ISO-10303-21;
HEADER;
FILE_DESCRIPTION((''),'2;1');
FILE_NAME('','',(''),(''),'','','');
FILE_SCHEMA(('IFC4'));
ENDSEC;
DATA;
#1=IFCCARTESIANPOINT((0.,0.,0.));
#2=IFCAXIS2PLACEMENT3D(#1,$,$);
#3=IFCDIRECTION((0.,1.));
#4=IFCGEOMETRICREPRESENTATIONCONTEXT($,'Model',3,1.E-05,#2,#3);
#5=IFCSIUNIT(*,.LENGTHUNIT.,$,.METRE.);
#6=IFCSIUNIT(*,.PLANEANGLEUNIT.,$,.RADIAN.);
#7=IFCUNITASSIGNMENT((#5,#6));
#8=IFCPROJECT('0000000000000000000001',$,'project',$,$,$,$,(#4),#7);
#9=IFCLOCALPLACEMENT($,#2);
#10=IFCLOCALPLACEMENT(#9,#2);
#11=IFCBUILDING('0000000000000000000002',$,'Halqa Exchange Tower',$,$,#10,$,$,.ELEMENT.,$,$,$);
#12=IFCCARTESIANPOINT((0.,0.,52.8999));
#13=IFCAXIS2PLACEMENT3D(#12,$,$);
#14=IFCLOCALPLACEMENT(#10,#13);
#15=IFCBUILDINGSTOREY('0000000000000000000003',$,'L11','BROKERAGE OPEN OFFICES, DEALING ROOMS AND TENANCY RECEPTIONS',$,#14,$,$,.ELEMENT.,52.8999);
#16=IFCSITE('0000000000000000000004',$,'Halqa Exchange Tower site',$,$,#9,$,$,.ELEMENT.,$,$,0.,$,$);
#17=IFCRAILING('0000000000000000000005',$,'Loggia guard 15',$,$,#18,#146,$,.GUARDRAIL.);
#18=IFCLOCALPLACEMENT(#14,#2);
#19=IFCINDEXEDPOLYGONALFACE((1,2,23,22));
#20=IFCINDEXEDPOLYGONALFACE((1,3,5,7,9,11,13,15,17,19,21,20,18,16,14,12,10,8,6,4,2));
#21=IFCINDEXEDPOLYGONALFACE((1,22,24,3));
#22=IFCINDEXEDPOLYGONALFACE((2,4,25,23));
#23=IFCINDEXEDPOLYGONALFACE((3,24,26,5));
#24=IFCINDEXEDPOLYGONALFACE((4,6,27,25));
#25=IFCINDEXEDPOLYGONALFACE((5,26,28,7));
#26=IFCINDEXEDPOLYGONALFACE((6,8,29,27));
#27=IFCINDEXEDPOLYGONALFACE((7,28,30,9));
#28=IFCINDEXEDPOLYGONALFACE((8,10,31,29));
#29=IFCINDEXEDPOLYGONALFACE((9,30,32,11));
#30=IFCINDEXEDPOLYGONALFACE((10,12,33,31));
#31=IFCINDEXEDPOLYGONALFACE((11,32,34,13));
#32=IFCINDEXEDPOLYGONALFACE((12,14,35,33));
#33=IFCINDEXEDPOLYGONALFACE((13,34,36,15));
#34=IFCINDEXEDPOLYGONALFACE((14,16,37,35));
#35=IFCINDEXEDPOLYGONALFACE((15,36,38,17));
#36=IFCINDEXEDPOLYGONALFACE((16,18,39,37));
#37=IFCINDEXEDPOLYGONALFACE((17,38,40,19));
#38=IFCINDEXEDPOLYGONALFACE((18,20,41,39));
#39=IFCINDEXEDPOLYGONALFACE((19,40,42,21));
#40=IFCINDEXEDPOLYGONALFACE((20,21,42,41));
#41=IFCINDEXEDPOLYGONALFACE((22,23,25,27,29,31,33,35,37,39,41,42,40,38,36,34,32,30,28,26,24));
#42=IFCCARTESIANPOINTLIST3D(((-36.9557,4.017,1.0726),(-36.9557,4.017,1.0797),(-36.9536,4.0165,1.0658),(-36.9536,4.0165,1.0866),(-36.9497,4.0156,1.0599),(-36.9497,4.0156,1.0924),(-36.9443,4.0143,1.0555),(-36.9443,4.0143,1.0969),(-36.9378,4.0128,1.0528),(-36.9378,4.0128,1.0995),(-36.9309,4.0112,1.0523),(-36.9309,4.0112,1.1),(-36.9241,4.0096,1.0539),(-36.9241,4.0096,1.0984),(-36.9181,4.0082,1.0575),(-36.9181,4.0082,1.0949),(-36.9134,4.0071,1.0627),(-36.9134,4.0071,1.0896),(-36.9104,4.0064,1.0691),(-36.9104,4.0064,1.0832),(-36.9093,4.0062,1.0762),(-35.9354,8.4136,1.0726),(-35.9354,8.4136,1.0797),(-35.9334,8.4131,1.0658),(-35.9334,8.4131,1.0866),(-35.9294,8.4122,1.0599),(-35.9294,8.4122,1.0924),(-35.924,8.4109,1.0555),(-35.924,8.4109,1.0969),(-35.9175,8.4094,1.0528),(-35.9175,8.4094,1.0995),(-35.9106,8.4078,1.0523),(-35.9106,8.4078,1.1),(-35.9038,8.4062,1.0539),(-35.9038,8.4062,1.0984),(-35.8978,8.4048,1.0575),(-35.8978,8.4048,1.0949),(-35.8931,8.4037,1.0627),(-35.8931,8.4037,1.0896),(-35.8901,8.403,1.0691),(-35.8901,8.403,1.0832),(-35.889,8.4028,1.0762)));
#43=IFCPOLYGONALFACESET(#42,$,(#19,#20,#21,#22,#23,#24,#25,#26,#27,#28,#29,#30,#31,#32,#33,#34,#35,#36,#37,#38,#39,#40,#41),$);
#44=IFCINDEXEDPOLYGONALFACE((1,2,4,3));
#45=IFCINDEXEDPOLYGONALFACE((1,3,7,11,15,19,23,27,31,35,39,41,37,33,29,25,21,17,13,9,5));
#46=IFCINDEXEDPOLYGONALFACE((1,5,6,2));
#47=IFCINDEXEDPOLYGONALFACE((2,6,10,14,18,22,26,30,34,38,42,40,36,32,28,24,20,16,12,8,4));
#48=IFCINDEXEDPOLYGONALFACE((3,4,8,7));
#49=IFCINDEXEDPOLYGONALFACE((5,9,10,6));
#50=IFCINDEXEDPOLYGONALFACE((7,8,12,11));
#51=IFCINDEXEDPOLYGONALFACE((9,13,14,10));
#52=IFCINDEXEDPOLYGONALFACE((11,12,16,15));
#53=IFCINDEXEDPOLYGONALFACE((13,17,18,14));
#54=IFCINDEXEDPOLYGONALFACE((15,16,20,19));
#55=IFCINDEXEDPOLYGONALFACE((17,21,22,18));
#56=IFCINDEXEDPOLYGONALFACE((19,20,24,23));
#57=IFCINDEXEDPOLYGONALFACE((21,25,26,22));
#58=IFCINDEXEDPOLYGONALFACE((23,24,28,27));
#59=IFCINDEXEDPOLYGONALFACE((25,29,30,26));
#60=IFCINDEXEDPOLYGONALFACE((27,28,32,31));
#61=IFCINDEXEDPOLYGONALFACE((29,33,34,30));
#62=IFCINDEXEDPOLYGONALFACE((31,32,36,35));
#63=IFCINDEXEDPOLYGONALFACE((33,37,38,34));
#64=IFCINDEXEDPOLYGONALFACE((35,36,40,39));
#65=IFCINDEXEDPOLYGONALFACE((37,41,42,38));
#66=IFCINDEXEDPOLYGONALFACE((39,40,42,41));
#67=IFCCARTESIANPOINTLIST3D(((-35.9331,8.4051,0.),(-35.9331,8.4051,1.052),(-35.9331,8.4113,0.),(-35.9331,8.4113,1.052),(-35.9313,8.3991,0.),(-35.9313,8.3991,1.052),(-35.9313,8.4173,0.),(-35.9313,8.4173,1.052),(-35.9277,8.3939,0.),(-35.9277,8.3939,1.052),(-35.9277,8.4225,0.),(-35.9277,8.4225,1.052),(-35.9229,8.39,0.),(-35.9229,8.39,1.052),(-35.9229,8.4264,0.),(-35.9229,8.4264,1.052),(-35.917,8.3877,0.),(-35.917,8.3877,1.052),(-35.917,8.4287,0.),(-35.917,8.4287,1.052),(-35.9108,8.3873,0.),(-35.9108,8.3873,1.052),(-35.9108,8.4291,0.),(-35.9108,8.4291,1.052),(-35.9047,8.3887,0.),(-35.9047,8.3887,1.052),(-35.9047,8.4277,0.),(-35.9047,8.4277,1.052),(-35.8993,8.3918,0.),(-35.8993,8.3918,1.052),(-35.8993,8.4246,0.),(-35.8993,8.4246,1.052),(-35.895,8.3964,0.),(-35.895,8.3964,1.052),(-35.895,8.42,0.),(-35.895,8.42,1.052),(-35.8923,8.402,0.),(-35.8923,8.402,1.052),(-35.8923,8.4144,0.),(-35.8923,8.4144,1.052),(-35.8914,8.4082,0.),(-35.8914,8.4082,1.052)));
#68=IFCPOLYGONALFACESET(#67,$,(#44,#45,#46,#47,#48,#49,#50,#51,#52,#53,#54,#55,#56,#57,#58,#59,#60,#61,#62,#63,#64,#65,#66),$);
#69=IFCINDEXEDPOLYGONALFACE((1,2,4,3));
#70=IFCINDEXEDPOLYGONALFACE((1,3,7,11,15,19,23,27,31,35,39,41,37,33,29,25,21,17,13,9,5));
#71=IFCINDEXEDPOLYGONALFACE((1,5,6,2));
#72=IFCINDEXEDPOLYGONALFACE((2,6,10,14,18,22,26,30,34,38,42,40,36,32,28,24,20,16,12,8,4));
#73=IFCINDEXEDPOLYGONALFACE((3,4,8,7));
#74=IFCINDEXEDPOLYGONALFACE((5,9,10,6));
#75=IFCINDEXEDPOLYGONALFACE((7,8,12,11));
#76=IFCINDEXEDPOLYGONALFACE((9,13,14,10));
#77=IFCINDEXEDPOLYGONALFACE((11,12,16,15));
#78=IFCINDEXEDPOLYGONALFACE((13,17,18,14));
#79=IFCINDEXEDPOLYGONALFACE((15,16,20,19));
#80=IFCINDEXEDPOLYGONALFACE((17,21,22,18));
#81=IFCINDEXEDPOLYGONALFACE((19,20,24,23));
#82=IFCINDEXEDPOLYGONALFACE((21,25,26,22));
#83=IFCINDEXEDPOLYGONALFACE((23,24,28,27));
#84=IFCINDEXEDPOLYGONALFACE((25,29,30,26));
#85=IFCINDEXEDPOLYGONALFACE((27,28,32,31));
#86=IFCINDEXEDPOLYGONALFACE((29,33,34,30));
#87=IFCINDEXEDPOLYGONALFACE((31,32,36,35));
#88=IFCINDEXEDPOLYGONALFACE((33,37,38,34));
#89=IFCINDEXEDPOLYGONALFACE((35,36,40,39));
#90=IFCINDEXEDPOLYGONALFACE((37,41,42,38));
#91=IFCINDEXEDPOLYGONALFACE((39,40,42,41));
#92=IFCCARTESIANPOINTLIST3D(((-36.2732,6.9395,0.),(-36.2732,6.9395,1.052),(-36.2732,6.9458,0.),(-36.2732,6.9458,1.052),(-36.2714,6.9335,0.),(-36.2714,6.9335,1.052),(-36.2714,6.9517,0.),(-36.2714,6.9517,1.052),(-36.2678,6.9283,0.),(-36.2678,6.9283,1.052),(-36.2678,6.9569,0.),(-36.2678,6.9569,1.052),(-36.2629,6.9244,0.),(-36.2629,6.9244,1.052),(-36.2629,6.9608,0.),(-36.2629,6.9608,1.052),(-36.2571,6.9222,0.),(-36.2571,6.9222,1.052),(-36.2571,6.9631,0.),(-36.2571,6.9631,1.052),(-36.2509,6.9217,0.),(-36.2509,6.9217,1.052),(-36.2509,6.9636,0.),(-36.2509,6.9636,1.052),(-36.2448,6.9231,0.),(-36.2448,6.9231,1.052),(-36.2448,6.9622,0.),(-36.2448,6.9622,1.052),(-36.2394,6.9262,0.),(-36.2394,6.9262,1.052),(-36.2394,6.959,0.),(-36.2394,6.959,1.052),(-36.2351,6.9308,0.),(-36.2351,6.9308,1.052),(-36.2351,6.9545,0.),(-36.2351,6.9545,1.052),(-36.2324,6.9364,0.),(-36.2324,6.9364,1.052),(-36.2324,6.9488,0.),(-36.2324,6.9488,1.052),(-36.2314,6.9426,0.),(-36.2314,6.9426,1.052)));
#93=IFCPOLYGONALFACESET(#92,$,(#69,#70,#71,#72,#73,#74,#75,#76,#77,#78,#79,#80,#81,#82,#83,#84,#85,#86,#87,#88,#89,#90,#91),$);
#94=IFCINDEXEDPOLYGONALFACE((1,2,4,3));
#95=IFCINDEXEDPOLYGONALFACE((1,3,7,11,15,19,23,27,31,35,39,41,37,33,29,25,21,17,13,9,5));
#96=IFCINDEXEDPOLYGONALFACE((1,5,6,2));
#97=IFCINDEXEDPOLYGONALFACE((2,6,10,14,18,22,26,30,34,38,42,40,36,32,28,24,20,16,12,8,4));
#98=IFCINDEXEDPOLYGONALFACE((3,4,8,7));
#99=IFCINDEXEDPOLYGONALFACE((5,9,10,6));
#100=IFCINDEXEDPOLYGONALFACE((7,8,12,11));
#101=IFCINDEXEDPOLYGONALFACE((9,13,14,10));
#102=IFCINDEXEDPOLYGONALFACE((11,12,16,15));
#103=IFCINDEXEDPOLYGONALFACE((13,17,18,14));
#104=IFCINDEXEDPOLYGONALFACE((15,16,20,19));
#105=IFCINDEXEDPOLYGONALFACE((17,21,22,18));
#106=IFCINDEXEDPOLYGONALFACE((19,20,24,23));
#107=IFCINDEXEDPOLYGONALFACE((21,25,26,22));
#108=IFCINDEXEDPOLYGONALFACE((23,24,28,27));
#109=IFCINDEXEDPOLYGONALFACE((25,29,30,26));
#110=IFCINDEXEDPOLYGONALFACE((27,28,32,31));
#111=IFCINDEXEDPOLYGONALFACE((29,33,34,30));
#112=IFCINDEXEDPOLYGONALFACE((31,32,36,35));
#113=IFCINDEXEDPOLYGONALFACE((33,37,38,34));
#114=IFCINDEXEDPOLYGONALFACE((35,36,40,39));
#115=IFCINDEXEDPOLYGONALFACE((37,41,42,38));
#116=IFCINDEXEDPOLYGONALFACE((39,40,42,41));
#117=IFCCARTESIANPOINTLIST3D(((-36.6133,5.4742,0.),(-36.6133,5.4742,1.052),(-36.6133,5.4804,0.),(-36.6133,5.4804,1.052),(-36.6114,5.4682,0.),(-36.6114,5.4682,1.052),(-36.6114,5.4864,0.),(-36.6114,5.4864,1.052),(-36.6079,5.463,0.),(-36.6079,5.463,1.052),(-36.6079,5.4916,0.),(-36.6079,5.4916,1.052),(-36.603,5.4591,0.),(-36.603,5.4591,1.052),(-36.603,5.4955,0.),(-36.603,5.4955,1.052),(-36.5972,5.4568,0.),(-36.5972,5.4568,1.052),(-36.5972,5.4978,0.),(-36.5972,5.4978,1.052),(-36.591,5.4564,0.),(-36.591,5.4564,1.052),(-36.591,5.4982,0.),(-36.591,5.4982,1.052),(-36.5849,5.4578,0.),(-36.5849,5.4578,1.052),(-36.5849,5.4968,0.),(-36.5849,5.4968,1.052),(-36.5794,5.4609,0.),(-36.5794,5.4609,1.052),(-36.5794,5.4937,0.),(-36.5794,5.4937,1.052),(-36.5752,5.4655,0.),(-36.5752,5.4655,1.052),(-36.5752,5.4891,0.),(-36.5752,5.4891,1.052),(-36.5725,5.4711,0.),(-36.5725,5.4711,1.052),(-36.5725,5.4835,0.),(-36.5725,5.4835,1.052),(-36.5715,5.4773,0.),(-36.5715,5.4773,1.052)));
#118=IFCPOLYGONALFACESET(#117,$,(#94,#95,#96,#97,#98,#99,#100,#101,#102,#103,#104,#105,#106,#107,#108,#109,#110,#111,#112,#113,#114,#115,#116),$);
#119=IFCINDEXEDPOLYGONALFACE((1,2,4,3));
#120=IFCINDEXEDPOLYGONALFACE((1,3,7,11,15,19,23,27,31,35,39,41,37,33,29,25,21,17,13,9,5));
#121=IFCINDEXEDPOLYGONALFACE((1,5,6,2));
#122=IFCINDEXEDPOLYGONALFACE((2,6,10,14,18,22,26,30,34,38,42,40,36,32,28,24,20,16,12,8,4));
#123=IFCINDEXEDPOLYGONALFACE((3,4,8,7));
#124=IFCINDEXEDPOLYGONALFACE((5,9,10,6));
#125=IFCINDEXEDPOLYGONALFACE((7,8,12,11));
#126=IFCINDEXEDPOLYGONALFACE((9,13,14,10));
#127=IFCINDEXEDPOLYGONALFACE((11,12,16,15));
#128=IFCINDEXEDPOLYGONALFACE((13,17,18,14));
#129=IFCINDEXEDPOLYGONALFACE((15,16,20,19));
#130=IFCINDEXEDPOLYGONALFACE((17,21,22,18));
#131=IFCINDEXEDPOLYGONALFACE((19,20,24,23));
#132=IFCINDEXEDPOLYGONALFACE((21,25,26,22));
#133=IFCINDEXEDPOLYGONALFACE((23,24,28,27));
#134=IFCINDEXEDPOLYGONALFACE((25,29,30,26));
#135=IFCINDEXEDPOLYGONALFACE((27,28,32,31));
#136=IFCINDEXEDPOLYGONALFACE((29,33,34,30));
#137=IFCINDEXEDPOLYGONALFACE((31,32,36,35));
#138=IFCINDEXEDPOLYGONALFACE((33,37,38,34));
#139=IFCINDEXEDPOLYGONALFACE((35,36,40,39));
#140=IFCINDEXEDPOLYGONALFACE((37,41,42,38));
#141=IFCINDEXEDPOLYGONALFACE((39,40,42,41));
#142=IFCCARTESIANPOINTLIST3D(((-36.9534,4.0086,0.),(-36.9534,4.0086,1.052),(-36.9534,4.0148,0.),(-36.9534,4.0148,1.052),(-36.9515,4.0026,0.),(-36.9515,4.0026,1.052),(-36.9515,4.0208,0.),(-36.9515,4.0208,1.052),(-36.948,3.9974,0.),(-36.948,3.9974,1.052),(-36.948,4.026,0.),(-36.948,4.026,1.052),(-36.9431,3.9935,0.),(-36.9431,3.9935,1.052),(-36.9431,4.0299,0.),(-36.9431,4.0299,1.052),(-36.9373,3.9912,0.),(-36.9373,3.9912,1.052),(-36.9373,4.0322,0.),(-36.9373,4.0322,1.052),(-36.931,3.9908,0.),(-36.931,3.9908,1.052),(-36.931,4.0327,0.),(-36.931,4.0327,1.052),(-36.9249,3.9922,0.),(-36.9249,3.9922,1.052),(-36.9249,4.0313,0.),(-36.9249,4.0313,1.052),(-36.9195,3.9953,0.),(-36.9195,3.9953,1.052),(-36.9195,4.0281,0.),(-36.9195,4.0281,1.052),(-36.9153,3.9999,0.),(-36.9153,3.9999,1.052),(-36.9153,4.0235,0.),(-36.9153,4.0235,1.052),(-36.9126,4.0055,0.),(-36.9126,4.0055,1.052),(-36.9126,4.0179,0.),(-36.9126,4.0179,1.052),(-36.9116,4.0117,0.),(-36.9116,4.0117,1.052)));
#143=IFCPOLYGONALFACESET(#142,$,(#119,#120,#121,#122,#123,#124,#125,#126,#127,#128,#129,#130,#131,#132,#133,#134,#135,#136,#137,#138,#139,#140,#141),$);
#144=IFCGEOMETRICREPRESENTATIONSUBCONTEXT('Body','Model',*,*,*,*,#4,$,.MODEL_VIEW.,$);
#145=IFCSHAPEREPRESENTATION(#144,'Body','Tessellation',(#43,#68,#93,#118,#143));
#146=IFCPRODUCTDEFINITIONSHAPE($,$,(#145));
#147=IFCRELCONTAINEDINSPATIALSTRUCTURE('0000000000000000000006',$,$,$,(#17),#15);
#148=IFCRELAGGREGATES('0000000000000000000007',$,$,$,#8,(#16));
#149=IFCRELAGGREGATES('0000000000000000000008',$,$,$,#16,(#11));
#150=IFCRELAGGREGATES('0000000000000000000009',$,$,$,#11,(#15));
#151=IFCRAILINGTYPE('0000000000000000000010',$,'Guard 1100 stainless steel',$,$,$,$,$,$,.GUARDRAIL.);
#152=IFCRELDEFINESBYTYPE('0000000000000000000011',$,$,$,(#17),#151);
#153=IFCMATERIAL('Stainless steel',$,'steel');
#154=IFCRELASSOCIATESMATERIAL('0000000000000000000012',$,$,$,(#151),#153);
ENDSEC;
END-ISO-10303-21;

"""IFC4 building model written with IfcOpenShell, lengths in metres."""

from ifc_helpers import new_model, si_unit, direction, frame, origin, origin_2d, place, context, subcontext, project, spatial, circle, extrude, material, type_object, element, save


model = new_model("IFC4")

# Units and contexts
model_context = context("Model", 3, precision=1e-05, world=origin(), true_north=direction((0.0, 1.0)))
body_context = subcontext(model_context, "Body", "Model", "MODEL_VIEW")
ifc_project = project(units=[si_unit("LENGTHUNIT", "METRE"), si_unit("PLANEANGLEUNIT", "RADIAN")], contexts=[model_context])

# Site, building, storey
site_placement = place(None, origin())
site = spatial("IfcSite", under=ifc_project, at=site_placement, Name="Halqa Exchange Tower site", CompositionType="ELEMENT", RefElevation=0.0)
building_placement = place(site_placement, origin())
building = spatial("IfcBuilding", under=site, at=building_placement, Name="Halqa Exchange Tower", CompositionType="ELEMENT")
storey_placement = place(building_placement, frame((0.0, 0.0, 52.8999)))
storey = spatial("IfcBuildingStorey", under=building, at=storey_placement, Name="L11", Description="BROKERAGE OPEN OFFICES, DEALING ROOMS AND TENANCY RECEPTIONS", CompositionType="ELEMENT", Elevation=52.8999)

# Railing
ifc_material_1 = material(Name="Stainless steel", Category="steel")
railing_type = type_object("IfcRailingType", Name="Guard 1100 stainless steel", PredefinedType="GUARDRAIL", material=ifc_material_1)
railing_1_placement = place(storey_placement, frame((-35.9124, 8.4082, 0.0)))
element("IfcRailing", 1, at=railing_1_placement, inside=storey, type_object=railing_type, Name="Loggia guard 15", PredefinedType="GUARDRAIL", context=body_context, shape_type="SweptSolid", body=[
    extrude(circle(Radius=0.0239, at=origin_2d()), frame((0.0, 0.0, 1.0762), z_axis=(-0.226056, -0.974114, 0.0), x_axis=(0.974114, -0.226056, 0.0)), (0.0, 0.0, 1.0), 4.5134),
    extrude(circle(Radius=0.021, at=origin_2d()), origin(), (0.0, 0.0, 1.0), 1.052),
    extrude(circle(Radius=0.021, at=origin_2d()), frame((-0.3401, -1.4656, 0.0)), (0.0, 0.0, 1.0), 1.052),
    extrude(circle(Radius=0.021, at=origin_2d()), frame((-0.6802, -2.9309, 0.0)), (0.0, 0.0, 1.0), 1.052),
    extrude(circle(Radius=0.021, at=origin_2d()), frame((-1.0203, -4.3965, 0.0)), (0.0, 0.0, 1.0), 1.052),
])

save(model, "model.ifc")
